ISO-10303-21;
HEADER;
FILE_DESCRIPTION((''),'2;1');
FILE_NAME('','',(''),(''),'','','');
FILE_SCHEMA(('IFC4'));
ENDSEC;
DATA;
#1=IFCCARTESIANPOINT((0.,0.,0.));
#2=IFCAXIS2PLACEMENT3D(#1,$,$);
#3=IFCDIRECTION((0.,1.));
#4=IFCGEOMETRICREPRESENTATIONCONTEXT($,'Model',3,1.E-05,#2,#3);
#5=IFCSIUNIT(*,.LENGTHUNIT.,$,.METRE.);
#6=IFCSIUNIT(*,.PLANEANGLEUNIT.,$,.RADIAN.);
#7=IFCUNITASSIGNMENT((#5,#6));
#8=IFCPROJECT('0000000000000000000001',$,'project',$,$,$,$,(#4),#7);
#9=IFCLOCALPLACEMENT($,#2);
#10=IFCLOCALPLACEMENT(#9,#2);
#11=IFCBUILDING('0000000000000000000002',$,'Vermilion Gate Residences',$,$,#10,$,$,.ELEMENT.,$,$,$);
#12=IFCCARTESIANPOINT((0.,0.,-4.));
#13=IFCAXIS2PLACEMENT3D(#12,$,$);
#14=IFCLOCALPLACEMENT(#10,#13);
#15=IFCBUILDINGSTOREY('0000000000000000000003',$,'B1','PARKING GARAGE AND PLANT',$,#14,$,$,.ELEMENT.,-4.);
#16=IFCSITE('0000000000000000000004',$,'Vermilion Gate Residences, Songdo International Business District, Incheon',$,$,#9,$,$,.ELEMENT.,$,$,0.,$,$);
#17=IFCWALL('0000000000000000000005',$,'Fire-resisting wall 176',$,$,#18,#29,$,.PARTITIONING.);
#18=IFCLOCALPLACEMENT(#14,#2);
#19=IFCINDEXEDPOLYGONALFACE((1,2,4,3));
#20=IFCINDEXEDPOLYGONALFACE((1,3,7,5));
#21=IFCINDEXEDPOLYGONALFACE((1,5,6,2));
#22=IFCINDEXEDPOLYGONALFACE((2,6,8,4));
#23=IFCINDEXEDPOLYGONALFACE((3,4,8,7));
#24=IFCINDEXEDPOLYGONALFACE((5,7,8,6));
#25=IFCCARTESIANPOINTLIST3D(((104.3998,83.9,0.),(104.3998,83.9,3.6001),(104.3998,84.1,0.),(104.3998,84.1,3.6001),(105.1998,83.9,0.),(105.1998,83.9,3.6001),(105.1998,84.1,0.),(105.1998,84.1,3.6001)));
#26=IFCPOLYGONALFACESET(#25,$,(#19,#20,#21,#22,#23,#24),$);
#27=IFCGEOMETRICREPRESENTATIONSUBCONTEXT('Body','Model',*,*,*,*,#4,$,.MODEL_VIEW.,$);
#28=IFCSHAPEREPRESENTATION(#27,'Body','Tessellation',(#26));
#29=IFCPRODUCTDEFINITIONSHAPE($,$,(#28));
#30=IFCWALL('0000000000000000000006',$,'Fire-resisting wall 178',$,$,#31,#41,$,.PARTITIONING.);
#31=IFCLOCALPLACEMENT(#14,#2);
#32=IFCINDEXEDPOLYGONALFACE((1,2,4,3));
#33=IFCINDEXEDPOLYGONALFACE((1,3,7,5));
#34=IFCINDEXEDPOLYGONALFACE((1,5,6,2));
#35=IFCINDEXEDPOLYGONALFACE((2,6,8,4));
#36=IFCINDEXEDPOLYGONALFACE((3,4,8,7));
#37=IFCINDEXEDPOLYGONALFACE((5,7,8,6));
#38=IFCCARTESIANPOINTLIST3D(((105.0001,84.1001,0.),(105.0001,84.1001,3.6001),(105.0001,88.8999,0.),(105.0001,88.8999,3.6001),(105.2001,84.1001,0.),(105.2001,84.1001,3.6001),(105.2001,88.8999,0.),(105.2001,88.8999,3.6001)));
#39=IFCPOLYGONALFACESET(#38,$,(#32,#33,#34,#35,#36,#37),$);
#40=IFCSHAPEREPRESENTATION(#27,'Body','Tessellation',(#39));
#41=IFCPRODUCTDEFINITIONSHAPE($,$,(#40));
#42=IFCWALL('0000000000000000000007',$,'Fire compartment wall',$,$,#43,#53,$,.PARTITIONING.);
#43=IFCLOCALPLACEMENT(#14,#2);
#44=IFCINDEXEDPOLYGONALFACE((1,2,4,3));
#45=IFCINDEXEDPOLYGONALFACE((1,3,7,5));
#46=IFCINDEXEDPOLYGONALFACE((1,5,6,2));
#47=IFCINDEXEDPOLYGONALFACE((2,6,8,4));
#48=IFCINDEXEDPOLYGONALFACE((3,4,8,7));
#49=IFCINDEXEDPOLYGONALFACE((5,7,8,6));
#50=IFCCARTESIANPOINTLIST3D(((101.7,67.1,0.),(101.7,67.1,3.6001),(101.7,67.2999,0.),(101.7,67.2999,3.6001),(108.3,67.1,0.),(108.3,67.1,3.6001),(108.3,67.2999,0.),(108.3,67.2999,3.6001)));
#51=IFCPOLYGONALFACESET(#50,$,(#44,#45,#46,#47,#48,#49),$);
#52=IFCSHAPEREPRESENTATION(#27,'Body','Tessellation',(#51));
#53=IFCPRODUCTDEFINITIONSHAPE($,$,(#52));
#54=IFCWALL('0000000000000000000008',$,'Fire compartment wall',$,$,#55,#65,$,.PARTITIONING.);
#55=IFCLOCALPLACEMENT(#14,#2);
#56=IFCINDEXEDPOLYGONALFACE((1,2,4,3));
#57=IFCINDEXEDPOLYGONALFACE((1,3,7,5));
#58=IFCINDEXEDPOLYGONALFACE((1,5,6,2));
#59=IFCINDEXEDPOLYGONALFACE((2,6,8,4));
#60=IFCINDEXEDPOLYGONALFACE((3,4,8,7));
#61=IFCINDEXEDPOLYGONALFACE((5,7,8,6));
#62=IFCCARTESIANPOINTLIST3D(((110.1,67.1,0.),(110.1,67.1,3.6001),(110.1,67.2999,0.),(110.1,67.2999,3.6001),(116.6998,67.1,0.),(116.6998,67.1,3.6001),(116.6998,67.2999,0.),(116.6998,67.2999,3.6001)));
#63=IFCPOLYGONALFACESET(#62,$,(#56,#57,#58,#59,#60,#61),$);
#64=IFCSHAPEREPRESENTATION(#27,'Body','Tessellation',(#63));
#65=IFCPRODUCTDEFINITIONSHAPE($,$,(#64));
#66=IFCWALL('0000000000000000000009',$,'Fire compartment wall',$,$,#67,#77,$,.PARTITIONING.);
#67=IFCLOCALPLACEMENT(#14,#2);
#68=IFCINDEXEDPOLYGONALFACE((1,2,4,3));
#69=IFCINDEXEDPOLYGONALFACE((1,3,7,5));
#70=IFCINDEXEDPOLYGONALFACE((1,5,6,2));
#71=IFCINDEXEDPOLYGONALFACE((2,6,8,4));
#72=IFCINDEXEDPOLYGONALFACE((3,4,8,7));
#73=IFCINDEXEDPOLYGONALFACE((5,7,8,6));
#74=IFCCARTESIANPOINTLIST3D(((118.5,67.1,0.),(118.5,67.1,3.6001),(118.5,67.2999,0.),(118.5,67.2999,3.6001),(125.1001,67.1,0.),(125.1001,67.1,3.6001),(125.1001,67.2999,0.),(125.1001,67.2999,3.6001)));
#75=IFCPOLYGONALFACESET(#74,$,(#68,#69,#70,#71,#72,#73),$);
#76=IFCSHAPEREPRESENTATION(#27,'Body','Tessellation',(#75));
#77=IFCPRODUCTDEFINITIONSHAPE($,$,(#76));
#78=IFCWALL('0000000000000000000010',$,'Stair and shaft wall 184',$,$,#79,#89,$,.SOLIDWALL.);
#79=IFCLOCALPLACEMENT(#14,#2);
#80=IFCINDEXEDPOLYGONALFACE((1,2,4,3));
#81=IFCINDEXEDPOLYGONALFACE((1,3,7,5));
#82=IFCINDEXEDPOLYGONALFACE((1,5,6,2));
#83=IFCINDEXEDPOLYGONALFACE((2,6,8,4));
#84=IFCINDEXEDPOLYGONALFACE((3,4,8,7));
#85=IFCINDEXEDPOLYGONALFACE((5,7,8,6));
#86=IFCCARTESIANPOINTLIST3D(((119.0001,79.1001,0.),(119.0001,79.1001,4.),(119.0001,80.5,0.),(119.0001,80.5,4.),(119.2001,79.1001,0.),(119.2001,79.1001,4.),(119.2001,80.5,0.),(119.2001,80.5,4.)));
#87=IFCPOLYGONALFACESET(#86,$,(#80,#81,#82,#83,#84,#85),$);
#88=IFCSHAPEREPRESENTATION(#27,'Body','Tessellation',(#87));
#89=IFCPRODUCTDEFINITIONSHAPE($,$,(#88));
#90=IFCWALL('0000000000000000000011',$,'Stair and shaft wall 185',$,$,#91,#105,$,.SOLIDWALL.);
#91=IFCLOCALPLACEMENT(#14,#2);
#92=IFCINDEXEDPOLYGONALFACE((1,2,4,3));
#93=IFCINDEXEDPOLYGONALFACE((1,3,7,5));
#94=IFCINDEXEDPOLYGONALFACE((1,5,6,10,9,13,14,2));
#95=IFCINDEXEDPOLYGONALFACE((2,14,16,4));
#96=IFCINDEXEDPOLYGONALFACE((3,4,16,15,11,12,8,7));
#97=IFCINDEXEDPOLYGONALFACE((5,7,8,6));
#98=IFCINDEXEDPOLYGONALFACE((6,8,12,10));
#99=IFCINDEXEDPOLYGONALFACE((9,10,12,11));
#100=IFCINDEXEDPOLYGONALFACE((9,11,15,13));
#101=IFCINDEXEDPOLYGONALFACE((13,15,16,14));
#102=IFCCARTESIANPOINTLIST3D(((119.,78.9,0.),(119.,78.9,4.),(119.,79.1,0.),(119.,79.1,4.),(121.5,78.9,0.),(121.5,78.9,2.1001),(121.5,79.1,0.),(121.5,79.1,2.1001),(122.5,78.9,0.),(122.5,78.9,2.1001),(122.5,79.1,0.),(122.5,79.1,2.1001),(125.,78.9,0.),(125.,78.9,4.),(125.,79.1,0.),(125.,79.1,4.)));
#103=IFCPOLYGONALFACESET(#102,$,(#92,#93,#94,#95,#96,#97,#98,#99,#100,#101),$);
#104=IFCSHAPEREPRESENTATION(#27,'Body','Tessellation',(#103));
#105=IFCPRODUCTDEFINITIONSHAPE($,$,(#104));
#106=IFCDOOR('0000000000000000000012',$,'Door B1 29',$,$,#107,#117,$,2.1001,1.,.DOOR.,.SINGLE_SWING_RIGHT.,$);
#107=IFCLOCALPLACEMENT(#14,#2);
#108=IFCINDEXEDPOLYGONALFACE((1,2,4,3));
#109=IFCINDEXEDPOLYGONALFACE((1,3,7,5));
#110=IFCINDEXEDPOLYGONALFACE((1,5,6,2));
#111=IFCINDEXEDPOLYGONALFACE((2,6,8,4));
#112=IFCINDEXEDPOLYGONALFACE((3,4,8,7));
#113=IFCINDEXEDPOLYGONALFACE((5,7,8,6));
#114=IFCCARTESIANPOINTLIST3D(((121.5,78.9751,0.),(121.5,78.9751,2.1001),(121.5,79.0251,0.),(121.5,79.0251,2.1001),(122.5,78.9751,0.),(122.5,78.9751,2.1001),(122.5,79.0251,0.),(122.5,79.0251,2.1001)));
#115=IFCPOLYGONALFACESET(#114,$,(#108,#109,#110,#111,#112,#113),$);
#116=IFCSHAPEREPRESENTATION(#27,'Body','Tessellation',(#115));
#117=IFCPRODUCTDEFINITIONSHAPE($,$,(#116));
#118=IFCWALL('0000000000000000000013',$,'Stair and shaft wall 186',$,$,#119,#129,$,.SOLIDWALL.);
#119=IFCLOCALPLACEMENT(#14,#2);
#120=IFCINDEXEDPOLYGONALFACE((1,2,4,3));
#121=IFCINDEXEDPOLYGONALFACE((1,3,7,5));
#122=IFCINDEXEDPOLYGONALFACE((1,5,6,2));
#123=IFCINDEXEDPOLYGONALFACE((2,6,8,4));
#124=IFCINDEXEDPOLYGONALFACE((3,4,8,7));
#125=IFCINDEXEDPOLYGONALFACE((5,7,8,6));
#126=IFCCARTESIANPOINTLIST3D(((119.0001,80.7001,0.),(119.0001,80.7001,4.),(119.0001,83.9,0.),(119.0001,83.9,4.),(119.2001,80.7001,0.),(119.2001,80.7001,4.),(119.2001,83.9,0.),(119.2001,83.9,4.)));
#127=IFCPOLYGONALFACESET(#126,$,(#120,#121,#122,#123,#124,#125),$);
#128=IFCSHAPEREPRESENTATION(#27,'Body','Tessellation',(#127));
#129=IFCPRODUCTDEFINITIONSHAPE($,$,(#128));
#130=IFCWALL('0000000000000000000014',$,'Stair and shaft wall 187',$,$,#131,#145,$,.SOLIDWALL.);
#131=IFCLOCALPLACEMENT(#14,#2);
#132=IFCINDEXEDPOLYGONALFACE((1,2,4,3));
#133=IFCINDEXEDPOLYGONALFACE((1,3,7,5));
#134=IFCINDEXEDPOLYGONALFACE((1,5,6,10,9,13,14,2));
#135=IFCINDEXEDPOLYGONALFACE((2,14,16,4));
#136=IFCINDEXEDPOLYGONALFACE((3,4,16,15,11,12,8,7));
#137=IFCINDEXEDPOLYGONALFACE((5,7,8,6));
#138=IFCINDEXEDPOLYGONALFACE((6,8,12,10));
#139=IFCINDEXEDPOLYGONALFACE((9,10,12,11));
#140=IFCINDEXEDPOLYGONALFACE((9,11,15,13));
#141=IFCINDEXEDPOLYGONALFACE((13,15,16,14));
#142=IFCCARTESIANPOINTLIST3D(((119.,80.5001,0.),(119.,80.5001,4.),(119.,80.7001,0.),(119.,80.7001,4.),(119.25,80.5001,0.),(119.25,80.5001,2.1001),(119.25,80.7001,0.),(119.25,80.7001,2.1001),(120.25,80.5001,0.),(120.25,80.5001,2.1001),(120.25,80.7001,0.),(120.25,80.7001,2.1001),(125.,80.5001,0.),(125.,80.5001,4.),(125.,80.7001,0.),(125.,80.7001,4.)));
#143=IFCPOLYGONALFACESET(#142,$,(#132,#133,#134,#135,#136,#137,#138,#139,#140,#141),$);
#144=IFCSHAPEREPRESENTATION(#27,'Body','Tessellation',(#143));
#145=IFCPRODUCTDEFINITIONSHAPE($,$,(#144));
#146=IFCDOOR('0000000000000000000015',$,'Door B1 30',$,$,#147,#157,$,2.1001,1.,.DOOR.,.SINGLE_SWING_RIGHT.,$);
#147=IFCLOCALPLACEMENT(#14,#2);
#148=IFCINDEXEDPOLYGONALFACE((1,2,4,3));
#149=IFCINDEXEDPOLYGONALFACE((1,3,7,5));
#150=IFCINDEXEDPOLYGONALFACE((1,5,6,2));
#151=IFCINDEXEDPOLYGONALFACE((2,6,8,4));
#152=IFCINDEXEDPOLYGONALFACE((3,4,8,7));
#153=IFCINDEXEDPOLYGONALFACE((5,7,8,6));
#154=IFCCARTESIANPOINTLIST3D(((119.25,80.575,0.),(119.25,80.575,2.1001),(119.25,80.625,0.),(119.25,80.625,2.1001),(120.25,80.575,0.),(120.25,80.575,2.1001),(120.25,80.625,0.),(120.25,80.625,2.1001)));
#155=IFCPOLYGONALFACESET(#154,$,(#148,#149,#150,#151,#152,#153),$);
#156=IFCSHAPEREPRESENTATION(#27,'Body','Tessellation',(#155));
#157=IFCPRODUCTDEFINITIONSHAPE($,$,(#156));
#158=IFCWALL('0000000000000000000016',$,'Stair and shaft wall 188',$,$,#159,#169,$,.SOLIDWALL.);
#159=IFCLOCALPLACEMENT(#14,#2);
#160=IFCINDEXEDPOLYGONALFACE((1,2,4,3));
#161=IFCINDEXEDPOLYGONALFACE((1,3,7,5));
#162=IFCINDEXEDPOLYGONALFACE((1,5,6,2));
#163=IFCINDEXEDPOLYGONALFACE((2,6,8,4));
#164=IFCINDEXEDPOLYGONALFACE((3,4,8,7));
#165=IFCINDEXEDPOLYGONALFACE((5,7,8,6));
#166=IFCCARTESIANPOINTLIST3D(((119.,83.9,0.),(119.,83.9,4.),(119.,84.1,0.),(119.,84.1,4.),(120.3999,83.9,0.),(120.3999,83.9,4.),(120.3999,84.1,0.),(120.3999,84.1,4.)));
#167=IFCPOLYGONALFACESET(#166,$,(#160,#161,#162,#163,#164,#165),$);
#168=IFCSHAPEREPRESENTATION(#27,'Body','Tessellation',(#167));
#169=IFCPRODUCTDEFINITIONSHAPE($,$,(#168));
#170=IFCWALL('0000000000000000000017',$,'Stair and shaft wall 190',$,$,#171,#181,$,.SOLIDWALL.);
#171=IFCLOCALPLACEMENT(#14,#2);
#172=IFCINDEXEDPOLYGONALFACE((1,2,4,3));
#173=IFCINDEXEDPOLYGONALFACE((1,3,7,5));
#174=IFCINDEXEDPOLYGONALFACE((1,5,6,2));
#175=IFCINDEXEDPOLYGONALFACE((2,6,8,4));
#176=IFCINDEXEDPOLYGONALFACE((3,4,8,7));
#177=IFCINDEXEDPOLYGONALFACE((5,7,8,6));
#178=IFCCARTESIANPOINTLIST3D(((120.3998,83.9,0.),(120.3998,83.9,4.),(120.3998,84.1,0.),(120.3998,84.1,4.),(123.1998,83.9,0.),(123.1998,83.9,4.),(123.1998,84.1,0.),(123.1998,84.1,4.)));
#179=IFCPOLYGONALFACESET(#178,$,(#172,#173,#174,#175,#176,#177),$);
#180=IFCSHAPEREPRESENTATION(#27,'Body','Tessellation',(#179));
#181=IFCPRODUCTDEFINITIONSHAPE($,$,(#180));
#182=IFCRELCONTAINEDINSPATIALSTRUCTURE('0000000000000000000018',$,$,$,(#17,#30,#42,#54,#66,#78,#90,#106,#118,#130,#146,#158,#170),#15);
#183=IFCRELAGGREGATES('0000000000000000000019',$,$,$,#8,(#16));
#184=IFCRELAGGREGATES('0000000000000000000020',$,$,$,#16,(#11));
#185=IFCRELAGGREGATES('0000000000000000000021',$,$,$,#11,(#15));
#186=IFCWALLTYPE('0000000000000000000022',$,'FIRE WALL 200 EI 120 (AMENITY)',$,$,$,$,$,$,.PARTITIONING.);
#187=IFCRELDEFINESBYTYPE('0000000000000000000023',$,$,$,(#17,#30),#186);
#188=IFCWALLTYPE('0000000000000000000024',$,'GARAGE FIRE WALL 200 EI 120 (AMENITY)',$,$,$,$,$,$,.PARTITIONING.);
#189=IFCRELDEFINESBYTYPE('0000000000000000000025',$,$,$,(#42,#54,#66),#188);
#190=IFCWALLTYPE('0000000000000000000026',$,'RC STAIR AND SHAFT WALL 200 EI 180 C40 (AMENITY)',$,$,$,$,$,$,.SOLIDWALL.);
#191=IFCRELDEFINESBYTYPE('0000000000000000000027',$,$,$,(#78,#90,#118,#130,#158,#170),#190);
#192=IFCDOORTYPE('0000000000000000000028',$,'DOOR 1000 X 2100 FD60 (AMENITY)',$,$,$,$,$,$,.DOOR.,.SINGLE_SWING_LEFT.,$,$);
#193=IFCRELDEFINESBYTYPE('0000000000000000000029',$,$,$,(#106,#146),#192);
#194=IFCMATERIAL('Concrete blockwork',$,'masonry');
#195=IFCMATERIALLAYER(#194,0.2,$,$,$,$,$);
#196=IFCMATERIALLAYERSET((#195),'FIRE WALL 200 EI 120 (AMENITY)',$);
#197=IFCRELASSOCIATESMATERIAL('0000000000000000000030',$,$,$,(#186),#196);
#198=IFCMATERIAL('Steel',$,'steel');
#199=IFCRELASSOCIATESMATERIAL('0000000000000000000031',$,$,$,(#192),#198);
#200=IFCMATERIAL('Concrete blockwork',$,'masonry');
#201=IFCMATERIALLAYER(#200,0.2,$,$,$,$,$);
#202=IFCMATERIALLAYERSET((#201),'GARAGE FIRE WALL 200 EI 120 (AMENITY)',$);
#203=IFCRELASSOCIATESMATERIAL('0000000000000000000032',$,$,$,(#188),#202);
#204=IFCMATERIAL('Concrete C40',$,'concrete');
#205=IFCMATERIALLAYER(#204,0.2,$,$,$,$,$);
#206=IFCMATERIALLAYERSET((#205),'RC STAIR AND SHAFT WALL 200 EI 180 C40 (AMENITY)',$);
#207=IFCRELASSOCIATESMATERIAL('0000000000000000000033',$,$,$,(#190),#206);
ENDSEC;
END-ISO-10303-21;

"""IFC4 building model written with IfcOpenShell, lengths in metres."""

from ifc_helpers import new_model, si_unit, direction, frame, frame_2d, origin, place, context, subcontext, project, spatial, rectangle, extrude, material, layer, layer_set, type_object, element, fill, save


model = new_model("IFC4")

# Units and contexts
model_context = context("Model", 3, precision=1e-05, world=origin(), true_north=direction((0.0, 1.0)))
body_context = subcontext(model_context, "Body", "Model", "MODEL_VIEW")
ifc_project = project(units=[si_unit("LENGTHUNIT", "METRE"), si_unit("PLANEANGLEUNIT", "RADIAN")], contexts=[model_context])

# Site, building, storey
site_placement = place(None, origin())
site = spatial("IfcSite", under=ifc_project, at=site_placement, Name="Vermilion Gate Residences, Songdo International Business District, Incheon", CompositionType="ELEMENT", RefElevation=0.0)
building_placement = place(site_placement, origin())
building = spatial("IfcBuilding", under=site, at=building_placement, Name="Vermilion Gate Residences", CompositionType="ELEMENT")
storey_placement = place(building_placement, frame((0.0, 0.0, -4.0)))
storey = spatial("IfcBuildingStorey", under=building, at=storey_placement, Name="B1", Description="PARKING GARAGE AND PLANT", CompositionType="ELEMENT", Elevation=-4.0)

# Shared definitions
ifc_material_1 = material(Name="Concrete blockwork", Category="masonry")
ifc_layer_1 = layer(ifc_material_1, 0.2)
ifc_layer_set_1 = layer_set([ifc_layer_1], Name="FIRE WALL 200 EI 120 (AMENITY)")
wall_type_1 = type_object("IfcWallType", Name="FIRE WALL 200 EI 120 (AMENITY)", PredefinedType="PARTITIONING", material=ifc_layer_set_1)

# Shared definitions
ifc_material_2 = material(Name="Steel", Category="steel")
door_type = type_object("IfcDoorType", Name="DOOR 1000 X 2100 FD60 (AMENITY)", OperationType="SINGLE_SWING_LEFT", PredefinedType="DOOR", material=ifc_material_2)

# Walls
wall_1_placement = place(storey_placement, frame((104.3999, 84.0, 0.0), z_axis=(0.0, 0.0, 1.0), x_axis=(1.0, 0.0, 0.0)))
element("IfcWall", 1, at=wall_1_placement, inside=storey, type_object=wall_type_1, Name="Fire-resisting wall 176", PredefinedType="PARTITIONING", context=body_context, shape_type="SweptSolid", body=[
    extrude(rectangle(XDim=0.8, YDim=0.2, at=frame_2d((0.3999, 0.0))), origin(), (0.0, 0.0, 1.0), 3.6001),
])
wall_2_placement = place(storey_placement, frame((105.1001, 84.1001, 0.0), z_axis=(0.0, 0.0, 1.0), x_axis=(0.0, 1.0, 0.0)))
element("IfcWall", 2, at=wall_2_placement, inside=storey, type_object=wall_type_1, Name="Fire-resisting wall 178", PredefinedType="PARTITIONING", context=body_context, shape_type="SweptSolid", body=[
    extrude(rectangle(XDim=4.7998, YDim=0.2, at=frame_2d((2.3999, 0.0))), origin(), (0.0, 0.0, 1.0), 3.6001),
])
ifc_material_3 = material(Name="Concrete blockwork", Category="masonry")
ifc_layer_2 = layer(ifc_material_3, 0.2)
ifc_layer_set_2 = layer_set([ifc_layer_2], Name="GARAGE FIRE WALL 200 EI 120 (AMENITY)")
wall_type_2 = type_object("IfcWallType", Name="GARAGE FIRE WALL 200 EI 120 (AMENITY)", PredefinedType="PARTITIONING", material=ifc_layer_set_2)
wall_3_placement = place(storey_placement, frame((101.7, 67.2, 0.0), z_axis=(0.0, 0.0, 1.0), x_axis=(1.0, 0.0, 0.0)))
element("IfcWall", 3, at=wall_3_placement, inside=storey, type_object=wall_type_2, Name="Fire compartment wall", PredefinedType="PARTITIONING", context=body_context, shape_type="SweptSolid", body=[
    extrude(rectangle(XDim=6.6001, YDim=0.2, at=frame_2d((3.3, 0.0))), origin(), (0.0, 0.0, 1.0), 3.6001),
])
wall_4_placement = place(storey_placement, frame((110.1001, 67.2, 0.0), z_axis=(0.0, 0.0, 1.0), x_axis=(1.0, 0.0, 0.0)))
element("IfcWall", 4, at=wall_4_placement, inside=storey, type_object=wall_type_2, Name="Fire compartment wall", PredefinedType="PARTITIONING", context=body_context, shape_type="SweptSolid", body=[
    extrude(rectangle(XDim=6.5999, YDim=0.2, at=frame_2d((3.2998, 0.0))), origin(), (0.0, 0.0, 1.0), 3.6001),
])
wall_5_placement = place(storey_placement, frame((118.5, 67.2, 0.0), z_axis=(0.0, 0.0, 1.0), x_axis=(1.0, 0.0, 0.0)))
element("IfcWall", 5, at=wall_5_placement, inside=storey, type_object=wall_type_2, Name="Fire compartment wall", PredefinedType="PARTITIONING", context=body_context, shape_type="SweptSolid", body=[
    extrude(rectangle(XDim=6.6001, YDim=0.2, at=frame_2d((3.3, 0.0))), origin(), (0.0, 0.0, 1.0), 3.6001),
])
ifc_material_4 = material(Name="Concrete C40", Category="concrete")
ifc_layer_3 = layer(ifc_material_4, 0.2)
ifc_layer_set_3 = layer_set([ifc_layer_3], Name="RC STAIR AND SHAFT WALL 200 EI 180 C40 (AMENITY)")
wall_type_3 = type_object("IfcWallType", Name="RC STAIR AND SHAFT WALL 200 EI 180 C40 (AMENITY)", PredefinedType="SOLIDWALL", material=ifc_layer_set_3)
wall_6_placement = place(storey_placement, frame((119.1001, 79.1001, 0.0), z_axis=(0.0, 0.0, 1.0), x_axis=(0.0, 1.0, 0.0)))
element("IfcWall", 6, at=wall_6_placement, inside=storey, type_object=wall_type_3, Name="Stair and shaft wall 184", PredefinedType="SOLIDWALL", context=body_context, shape_type="SweptSolid", body=[
    extrude(rectangle(XDim=1.3999, YDim=0.2, at=frame_2d((0.7, 0.0))), origin(), (0.0, 0.0, 1.0), 4.0),
])

# Wall, opening, door
wall_7_placement = place(storey_placement, frame((119.0, 79.0, 0.0), z_axis=(0.0, 0.0, 1.0), x_axis=(1.0, 0.0, 0.0)))
wall_7 = element("IfcWall", 7, at=wall_7_placement, inside=storey, type_object=wall_type_3, Name="Stair and shaft wall 185", PredefinedType="SOLIDWALL", context=body_context, shape_type="SweptSolid", body=[
    extrude(rectangle(XDim=6.0, YDim=0.2, at=frame_2d((3.0, 0.0))), origin(), (0.0, 0.0, 1.0), 4.0),
])
opening_1_placement = place(wall_7_placement, frame((2.5, 0.0, 0.0)))
opening_1 = element("IfcOpeningElement", 8, at=opening_1_placement, cuts=wall_7, PredefinedType="OPENING", context=body_context, shape_type="SweptSolid", body=[
    extrude(rectangle(XDim=1.0, YDim=2.1001, at=frame_2d((0.5, 1.05))), frame((0.0, 0.1099, 0.0), z_axis=(0.0, -1.0, 0.0), x_axis=(1.0, 0.0, 0.0)), (0.0, 0.0, 1.0), 0.22),
])
door_1_placement = place(opening_1_placement, frame((1.0, 0.0, 0.0), z_axis=(0.0, 0.0, 1.0), x_axis=(-1.0, 0.0, 0.0)))
door_1 = element("IfcDoor", 9, at=door_1_placement, inside=storey, type_object=door_type, Name="Door B1 29", OperationType="SINGLE_SWING_RIGHT", OverallHeight=2.1001, OverallWidth=1.0, PredefinedType="DOOR", context=body_context, shape_type="SweptSolid", body=[
    extrude(rectangle(XDim=1.0, YDim=2.1001, at=frame_2d((0.5, 1.05))), frame((0.0, 0.0249, 0.0), z_axis=(0.0, -1.0, 0.0), x_axis=(1.0, 0.0, 0.0)), (0.0, 0.0, 1.0), 0.05),
])
fill(opening_1, door_1)

# Wall
wall_8_placement = place(storey_placement, frame((119.1001, 80.7, 0.0), z_axis=(0.0, 0.0, 1.0), x_axis=(0.0, 1.0, 0.0)))
element("IfcWall", 10, at=wall_8_placement, inside=storey, type_object=wall_type_3, Name="Stair and shaft wall 186", PredefinedType="SOLIDWALL", context=body_context, shape_type="SweptSolid", body=[
    extrude(rectangle(XDim=3.2, YDim=0.2, at=frame_2d((1.6001, 0.0))), origin(), (0.0, 0.0, 1.0), 4.0),
])

# Wall, opening, door
wall_9_placement = place(storey_placement, frame((119.0, 80.6001, 0.0), z_axis=(0.0, 0.0, 1.0), x_axis=(1.0, 0.0, 0.0)))
wall_9 = element("IfcWall", 11, at=wall_9_placement, inside=storey, type_object=wall_type_3, Name="Stair and shaft wall 187", PredefinedType="SOLIDWALL", context=body_context, shape_type="SweptSolid", body=[
    extrude(rectangle(XDim=6.0, YDim=0.2, at=frame_2d((3.0, 0.0))), origin(), (0.0, 0.0, 1.0), 4.0),
])
opening_2_placement = place(wall_9_placement, frame((0.25, 0.0, 0.0)))
opening_2 = element("IfcOpeningElement", 12, at=opening_2_placement, cuts=wall_9, PredefinedType="OPENING", context=body_context, shape_type="SweptSolid", body=[
    extrude(rectangle(XDim=1.0, YDim=2.1001, at=frame_2d((0.5, 1.05))), frame((0.0, 0.1099, 0.0), z_axis=(0.0, -1.0, 0.0), x_axis=(1.0, 0.0, 0.0)), (0.0, 0.0, 1.0), 0.22),
])
door_2_placement = place(opening_2_placement, origin())
door_2 = element("IfcDoor", 13, at=door_2_placement, inside=storey, type_object=door_type, Name="Door B1 30", OperationType="SINGLE_SWING_RIGHT", OverallHeight=2.1001, OverallWidth=1.0, PredefinedType="DOOR", context=body_context, shape_type="SweptSolid", body=[
    extrude(rectangle(XDim=1.0, YDim=2.1001, at=frame_2d((0.5, 1.05))), frame((0.0, 0.0249, 0.0), z_axis=(0.0, -1.0, 0.0), x_axis=(1.0, 0.0, 0.0)), (0.0, 0.0, 1.0), 0.05),
])
fill(opening_2, door_2)

# Walls
wall_10_placement = place(storey_placement, frame((119.0, 84.0, 0.0), z_axis=(0.0, 0.0, 1.0), x_axis=(1.0, 0.0, 0.0)))
element("IfcWall", 14, at=wall_10_placement, inside=storey, type_object=wall_type_3, Name="Stair and shaft wall 188", PredefinedType="SOLIDWALL", context=body_context, shape_type="SweptSolid", body=[
    extrude(rectangle(XDim=1.3999, YDim=0.2, at=frame_2d((0.7, 0.0))), origin(), (0.0, 0.0, 1.0), 4.0),
])
wall_11_placement = place(storey_placement, frame((120.3999, 84.0, 0.0), z_axis=(0.0, 0.0, 1.0), x_axis=(1.0, 0.0, 0.0)))
element("IfcWall", 15, at=wall_11_placement, inside=storey, type_object=wall_type_3, Name="Stair and shaft wall 190", PredefinedType="SOLIDWALL", context=body_context, shape_type="SweptSolid", body=[
    extrude(rectangle(XDim=2.8, YDim=0.2, at=frame_2d((1.3999, 0.0))), origin(), (0.0, 0.0, 1.0), 4.0),
])

save(model, "model.ifc")
